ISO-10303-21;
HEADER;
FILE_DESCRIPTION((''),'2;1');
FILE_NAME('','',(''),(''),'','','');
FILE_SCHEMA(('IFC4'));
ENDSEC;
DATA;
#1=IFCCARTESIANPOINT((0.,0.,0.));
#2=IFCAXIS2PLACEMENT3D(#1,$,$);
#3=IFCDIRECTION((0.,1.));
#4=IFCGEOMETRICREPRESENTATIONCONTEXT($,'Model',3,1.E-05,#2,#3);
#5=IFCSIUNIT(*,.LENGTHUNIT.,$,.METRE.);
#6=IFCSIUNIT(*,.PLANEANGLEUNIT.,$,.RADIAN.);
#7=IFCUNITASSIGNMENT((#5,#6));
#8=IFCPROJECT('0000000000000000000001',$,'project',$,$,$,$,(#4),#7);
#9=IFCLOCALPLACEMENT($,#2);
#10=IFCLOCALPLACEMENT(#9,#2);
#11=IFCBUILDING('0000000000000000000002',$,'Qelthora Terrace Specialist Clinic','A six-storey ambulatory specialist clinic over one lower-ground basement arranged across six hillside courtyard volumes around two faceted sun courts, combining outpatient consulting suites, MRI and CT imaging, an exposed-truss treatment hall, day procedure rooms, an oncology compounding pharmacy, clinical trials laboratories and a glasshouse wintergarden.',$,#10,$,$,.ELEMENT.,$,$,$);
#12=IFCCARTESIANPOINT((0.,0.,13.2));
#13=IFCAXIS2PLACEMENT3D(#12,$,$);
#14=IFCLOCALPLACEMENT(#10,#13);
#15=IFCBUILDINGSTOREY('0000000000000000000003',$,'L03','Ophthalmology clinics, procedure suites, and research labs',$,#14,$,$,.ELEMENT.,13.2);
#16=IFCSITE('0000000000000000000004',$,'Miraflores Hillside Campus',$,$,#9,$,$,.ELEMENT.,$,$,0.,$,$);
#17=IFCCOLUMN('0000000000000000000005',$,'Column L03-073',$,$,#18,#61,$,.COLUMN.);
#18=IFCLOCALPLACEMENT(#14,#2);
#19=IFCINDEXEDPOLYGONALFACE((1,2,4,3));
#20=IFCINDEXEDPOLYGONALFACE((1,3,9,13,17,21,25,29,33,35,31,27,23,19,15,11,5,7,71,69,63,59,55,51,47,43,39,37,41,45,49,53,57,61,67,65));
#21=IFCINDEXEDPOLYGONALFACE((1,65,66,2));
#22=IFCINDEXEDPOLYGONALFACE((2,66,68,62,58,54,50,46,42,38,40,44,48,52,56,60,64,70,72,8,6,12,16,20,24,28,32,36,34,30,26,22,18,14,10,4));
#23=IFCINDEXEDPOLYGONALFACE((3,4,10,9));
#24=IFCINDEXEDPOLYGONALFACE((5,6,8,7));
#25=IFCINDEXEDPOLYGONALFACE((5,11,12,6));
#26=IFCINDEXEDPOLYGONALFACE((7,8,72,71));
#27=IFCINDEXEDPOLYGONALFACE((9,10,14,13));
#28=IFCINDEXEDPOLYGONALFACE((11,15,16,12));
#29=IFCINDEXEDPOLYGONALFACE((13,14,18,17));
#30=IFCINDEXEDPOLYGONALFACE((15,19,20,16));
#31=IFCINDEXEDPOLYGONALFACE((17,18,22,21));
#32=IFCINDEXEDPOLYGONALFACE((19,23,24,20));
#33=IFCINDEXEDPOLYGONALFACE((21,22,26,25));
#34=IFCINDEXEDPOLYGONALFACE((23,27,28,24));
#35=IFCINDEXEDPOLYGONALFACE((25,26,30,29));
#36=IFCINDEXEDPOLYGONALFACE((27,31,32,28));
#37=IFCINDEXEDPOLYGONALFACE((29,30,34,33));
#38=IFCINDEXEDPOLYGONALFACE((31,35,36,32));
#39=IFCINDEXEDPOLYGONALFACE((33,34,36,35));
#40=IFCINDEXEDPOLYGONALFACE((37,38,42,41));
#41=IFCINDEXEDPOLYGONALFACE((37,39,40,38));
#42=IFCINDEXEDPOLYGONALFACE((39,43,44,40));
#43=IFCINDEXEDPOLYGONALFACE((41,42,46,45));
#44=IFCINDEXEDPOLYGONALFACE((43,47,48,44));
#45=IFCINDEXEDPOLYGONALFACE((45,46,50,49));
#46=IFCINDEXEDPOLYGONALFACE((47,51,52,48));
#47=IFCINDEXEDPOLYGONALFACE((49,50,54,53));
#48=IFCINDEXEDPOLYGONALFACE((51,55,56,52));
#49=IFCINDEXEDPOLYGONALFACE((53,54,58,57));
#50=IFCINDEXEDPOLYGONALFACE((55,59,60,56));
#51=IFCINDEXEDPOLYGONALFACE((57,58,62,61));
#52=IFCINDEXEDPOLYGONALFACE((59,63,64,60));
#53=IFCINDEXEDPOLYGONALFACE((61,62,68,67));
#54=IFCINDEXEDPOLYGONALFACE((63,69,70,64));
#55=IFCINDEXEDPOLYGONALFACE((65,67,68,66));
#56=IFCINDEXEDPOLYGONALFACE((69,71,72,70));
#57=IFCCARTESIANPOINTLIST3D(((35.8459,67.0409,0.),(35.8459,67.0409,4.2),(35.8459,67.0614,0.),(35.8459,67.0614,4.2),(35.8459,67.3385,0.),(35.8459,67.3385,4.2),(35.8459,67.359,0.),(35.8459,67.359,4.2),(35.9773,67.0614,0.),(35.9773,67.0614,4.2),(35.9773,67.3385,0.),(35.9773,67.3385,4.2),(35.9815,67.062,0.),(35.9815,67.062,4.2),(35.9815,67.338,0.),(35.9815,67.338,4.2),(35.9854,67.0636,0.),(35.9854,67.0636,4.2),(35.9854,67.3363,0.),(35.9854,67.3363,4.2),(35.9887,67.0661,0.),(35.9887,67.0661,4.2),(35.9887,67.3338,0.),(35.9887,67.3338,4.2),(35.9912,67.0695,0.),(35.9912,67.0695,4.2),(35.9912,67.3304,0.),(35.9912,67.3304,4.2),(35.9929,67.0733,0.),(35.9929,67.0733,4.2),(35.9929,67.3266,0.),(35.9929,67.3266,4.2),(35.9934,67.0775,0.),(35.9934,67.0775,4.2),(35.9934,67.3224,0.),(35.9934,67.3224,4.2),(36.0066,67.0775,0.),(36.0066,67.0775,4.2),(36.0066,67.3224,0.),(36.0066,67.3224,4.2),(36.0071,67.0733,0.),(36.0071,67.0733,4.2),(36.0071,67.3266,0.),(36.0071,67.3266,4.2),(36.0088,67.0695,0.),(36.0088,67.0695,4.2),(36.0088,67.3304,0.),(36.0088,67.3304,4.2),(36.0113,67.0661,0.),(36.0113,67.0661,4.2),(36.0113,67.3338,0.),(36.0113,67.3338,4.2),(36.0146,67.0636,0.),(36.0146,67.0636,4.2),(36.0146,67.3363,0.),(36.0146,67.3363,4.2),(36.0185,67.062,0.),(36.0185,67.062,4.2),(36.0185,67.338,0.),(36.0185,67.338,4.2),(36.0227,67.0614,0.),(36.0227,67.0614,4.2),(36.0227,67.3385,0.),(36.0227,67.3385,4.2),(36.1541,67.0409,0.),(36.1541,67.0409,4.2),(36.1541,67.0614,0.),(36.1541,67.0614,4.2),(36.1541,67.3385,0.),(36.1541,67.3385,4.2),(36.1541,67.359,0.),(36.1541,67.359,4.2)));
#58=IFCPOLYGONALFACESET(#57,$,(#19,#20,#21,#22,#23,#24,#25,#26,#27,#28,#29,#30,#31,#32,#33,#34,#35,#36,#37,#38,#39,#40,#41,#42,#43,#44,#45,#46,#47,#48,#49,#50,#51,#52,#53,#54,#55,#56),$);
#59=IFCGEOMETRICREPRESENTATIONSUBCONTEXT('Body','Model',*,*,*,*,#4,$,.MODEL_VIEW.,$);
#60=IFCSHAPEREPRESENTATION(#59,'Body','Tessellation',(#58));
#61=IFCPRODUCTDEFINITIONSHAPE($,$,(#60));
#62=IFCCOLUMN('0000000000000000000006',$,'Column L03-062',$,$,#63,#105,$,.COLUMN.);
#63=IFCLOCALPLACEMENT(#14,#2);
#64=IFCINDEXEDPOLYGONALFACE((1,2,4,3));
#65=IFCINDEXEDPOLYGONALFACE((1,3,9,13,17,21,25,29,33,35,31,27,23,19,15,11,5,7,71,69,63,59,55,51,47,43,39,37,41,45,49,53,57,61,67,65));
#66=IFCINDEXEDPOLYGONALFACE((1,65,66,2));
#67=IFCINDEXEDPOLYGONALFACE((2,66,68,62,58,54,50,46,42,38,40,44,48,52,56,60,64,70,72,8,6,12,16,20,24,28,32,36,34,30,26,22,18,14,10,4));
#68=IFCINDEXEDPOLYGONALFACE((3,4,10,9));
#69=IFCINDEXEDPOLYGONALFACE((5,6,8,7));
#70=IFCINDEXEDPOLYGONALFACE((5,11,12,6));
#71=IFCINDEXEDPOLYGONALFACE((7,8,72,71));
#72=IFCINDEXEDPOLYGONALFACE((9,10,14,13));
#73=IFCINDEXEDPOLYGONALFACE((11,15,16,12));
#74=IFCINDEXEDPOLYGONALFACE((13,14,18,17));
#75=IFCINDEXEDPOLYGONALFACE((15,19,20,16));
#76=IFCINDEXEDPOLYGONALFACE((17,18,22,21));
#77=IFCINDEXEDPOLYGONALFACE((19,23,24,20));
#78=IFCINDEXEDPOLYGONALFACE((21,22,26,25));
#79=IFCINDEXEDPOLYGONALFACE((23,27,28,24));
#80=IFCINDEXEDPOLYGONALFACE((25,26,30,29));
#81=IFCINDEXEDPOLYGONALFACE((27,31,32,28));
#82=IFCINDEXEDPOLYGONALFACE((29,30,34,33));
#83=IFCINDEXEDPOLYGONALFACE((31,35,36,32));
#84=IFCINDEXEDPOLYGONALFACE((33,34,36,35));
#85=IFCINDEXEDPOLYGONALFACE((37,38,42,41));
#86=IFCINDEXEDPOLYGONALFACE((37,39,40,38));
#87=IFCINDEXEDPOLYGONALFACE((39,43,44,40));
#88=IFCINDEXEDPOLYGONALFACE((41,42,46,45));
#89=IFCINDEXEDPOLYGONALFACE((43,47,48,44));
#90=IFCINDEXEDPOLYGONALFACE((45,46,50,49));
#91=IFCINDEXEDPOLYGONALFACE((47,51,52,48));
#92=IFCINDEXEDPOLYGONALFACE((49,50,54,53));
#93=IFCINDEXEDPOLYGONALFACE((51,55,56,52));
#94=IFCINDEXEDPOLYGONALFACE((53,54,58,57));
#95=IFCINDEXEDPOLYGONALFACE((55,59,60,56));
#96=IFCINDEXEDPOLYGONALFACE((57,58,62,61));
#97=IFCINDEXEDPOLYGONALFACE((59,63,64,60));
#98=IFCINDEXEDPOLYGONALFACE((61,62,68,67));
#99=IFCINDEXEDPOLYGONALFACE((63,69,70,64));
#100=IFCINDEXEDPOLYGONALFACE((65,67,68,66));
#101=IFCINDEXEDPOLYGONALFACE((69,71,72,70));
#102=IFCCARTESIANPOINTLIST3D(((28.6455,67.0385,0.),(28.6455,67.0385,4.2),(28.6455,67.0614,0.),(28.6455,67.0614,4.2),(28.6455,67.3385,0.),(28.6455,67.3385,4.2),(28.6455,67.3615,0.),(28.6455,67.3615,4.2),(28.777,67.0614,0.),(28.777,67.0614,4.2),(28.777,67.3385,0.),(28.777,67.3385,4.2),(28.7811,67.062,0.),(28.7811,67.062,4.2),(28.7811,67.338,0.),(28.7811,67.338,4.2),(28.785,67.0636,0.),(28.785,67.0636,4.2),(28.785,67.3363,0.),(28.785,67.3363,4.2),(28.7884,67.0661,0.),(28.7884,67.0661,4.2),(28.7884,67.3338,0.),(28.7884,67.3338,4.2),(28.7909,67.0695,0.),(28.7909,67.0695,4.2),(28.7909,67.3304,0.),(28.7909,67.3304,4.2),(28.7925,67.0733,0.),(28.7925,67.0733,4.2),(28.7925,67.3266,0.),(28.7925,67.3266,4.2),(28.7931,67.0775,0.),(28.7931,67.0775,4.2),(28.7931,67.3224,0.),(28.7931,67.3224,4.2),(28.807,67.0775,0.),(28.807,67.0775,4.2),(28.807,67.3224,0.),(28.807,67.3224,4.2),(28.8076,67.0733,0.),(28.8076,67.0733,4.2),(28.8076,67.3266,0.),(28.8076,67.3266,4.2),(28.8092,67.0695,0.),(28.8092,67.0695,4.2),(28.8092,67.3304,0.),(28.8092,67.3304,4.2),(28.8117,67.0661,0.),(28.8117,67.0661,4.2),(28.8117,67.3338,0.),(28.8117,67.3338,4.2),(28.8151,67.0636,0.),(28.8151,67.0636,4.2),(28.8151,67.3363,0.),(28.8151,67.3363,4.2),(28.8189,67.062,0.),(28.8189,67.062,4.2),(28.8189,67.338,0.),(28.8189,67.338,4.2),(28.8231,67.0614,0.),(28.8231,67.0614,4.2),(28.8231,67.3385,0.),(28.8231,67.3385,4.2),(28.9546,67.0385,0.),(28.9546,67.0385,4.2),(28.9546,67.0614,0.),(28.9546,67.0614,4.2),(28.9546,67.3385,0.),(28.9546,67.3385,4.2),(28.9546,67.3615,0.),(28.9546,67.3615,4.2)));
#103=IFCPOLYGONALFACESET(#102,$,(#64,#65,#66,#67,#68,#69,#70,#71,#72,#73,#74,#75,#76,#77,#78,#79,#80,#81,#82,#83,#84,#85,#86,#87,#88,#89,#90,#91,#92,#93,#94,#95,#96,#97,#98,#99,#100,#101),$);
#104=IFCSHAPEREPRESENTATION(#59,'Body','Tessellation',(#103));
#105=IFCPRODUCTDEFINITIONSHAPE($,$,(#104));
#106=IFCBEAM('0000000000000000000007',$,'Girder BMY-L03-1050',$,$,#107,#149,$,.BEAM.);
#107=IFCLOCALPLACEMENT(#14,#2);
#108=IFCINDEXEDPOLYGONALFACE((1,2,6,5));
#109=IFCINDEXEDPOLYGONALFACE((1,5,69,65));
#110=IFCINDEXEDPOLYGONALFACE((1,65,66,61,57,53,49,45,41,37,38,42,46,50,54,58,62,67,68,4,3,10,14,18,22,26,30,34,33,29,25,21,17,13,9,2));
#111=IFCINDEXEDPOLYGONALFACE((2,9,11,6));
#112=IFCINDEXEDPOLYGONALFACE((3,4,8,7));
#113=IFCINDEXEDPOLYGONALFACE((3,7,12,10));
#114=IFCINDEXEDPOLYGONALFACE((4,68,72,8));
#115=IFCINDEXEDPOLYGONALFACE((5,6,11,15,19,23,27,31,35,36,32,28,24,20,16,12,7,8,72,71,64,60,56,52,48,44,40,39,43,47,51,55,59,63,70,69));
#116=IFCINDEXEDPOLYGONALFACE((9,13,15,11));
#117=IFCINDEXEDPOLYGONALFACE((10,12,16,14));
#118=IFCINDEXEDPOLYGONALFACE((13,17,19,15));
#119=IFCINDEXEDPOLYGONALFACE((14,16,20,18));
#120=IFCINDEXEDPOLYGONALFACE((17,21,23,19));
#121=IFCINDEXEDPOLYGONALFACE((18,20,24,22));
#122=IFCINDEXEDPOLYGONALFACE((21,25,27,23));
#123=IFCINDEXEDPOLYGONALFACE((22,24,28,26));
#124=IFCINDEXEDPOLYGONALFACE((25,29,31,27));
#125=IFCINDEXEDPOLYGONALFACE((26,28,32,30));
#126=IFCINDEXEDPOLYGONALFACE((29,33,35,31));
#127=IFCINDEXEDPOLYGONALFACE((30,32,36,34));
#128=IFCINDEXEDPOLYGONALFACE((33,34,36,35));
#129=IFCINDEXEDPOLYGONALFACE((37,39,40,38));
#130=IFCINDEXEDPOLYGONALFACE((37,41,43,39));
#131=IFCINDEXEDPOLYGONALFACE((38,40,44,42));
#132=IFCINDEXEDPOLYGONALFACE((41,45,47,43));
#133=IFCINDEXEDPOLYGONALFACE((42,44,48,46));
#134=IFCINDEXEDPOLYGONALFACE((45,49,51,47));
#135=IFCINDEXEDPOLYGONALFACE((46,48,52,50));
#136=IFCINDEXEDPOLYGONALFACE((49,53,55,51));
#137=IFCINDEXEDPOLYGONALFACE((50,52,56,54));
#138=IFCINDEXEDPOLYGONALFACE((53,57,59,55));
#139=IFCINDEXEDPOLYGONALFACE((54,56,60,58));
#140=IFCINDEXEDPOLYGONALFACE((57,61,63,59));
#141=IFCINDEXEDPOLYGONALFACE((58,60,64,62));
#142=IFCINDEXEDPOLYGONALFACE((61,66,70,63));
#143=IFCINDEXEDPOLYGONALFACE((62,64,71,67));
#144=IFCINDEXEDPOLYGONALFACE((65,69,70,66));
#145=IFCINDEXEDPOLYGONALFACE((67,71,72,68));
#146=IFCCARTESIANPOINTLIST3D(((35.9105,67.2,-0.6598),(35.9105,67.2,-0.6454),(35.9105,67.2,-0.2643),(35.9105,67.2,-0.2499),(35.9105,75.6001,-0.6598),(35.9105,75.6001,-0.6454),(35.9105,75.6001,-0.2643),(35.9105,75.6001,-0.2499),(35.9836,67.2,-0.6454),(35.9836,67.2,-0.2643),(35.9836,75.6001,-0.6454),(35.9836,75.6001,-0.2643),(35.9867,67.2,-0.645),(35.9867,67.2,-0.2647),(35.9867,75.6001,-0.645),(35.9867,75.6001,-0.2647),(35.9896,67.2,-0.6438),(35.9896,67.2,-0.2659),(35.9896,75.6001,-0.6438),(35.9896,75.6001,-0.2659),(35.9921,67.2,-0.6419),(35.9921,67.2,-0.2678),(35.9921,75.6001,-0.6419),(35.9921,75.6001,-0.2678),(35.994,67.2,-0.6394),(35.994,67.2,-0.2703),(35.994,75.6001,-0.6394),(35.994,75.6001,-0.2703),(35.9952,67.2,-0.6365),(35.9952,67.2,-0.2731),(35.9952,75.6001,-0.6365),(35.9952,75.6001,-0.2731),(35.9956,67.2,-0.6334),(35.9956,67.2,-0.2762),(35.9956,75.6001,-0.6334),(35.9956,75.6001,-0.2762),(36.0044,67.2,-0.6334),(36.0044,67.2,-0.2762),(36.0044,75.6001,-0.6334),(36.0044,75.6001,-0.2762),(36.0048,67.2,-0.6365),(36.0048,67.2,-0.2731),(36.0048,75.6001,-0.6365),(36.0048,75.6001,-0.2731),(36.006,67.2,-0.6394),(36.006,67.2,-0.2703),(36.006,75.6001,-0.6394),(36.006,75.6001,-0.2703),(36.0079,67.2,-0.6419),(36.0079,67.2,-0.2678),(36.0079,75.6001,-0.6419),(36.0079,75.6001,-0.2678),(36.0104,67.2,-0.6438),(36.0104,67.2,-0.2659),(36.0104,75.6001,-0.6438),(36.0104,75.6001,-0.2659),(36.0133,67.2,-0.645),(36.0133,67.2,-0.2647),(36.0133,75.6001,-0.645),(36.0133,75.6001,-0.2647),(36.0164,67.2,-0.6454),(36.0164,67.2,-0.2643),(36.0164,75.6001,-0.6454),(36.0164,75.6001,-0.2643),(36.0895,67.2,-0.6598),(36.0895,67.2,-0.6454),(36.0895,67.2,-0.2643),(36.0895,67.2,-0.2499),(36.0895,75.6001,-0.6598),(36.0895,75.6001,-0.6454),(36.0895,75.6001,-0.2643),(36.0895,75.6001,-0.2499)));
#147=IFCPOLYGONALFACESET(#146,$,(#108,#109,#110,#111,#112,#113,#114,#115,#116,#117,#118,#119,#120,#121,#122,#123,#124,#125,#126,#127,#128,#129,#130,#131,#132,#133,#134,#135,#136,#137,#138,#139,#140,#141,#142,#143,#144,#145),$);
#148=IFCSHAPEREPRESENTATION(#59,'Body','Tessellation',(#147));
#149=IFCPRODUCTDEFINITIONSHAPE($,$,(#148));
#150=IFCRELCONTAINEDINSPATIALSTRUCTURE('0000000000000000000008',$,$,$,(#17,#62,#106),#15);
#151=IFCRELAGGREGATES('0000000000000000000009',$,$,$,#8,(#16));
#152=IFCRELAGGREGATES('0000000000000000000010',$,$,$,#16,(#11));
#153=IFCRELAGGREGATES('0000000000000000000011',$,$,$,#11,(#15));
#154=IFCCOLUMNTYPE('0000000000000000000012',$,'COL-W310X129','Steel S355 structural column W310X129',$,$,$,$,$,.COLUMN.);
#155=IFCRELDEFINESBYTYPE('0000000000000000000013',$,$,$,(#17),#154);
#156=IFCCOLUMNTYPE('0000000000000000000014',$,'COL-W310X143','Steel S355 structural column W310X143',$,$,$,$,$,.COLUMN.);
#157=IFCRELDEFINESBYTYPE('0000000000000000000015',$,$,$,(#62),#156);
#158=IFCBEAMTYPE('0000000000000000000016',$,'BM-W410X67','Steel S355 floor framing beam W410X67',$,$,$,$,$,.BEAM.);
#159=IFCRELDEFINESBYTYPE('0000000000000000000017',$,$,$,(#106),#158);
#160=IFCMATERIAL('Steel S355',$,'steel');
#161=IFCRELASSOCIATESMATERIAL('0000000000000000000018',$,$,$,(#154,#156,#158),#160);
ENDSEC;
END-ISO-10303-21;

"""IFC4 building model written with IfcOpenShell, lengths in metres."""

from ifc_helpers import new_model, si_unit, direction, frame, origin, origin_2d, place, context, subcontext, project, spatial, i_section, extrude, material, material_profile, profile_set, type_object, element, save


model = new_model("IFC4")

# Units and contexts
model_context = context("Model", 3, precision=1e-05, world=origin(), true_north=direction((0.0, 1.0)))
body_context = subcontext(model_context, "Body", "Model", "MODEL_VIEW")
ifc_project = project(units=[si_unit("LENGTHUNIT", "METRE"), si_unit("PLANEANGLEUNIT", "RADIAN")], contexts=[model_context])

# Site, building, storey
site_placement = place(None, origin())
site = spatial("IfcSite", under=ifc_project, at=site_placement, Name="Miraflores Hillside Campus", CompositionType="ELEMENT", RefElevation=0.0)
building_placement = place(site_placement, origin())
building = spatial("IfcBuilding", under=site, at=building_placement, Name="Qelthora Terrace Specialist Clinic", Description="A six-storey ambulatory specialist clinic over one lower-ground basement arranged across six hillside courtyard volumes around two faceted sun courts, combining outpatient consulting suites, MRI and CT imaging, an exposed-truss treatment hall, day procedure rooms, an oncology compounding pharmacy, clinical trials laboratories and a glasshouse wintergarden.", CompositionType="ELEMENT")
storey_placement = place(building_placement, frame((0.0, 0.0, 13.2)))
storey = spatial("IfcBuildingStorey", under=building, at=storey_placement, Name="L03", Description="Ophthalmology clinics, procedure suites, and research labs", CompositionType="ELEMENT", Elevation=13.2)

# Columns
ifc_material_1 = material(Name="Steel S355", Category="steel")
ifc_material_profile_1 = material_profile(ifc_material_1, i_section(OverallWidth=0.3081, OverallDepth=0.3181, WebThickness=0.0132, FlangeThickness=0.0205, FilletRadius=0.0161, at=origin_2d()), Name="W310X129")
ifc_profile_set_1 = profile_set([ifc_material_profile_1], Name="Steel S355")
column_type_1 = type_object("IfcColumnType", Name="COL-W310X129", Description="Steel S355 structural column W310X129", PredefinedType="COLUMN", material=ifc_profile_set_1)
column_1_placement = place(storey_placement, frame((36.0, 67.2, 0.0), z_axis=(0.0, 0.0, 1.0), x_axis=(1.0, 0.0, 0.0)))
element("IfcColumn", 1, at=column_1_placement, inside=storey, type_object=column_type_1, Name="Column L03-073", PredefinedType="COLUMN", context=body_context, shape_type="SweptSolid", body=[
    extrude(i_section(OverallWidth=0.3081, OverallDepth=0.3181, WebThickness=0.0132, FlangeThickness=0.0205, FilletRadius=0.0161, at=origin_2d()), origin(), (0.0, 0.0, 1.0), 4.2),
])
ifc_material_profile_2 = material_profile(ifc_material_1, i_section(OverallWidth=0.3091, OverallDepth=0.323, WebThickness=0.0139, FlangeThickness=0.0229, FilletRadius=0.0161, at=origin_2d()), Name="W310X143")
ifc_profile_set_2 = profile_set([ifc_material_profile_2], Name="Steel S355")
column_type_2 = type_object("IfcColumnType", Name="COL-W310X143", Description="Steel S355 structural column W310X143", PredefinedType="COLUMN", material=ifc_profile_set_2)
column_2_placement = place(storey_placement, frame((28.8, 67.2, 0.0), z_axis=(0.0, 0.0, 1.0), x_axis=(1.0, 0.0, 0.0)))
element("IfcColumn", 2, at=column_2_placement, inside=storey, type_object=column_type_2, Name="Column L03-062", PredefinedType="COLUMN", context=body_context, shape_type="SweptSolid", body=[
    extrude(i_section(OverallWidth=0.3091, OverallDepth=0.323, WebThickness=0.0139, FlangeThickness=0.0229, FilletRadius=0.0161, at=origin_2d()), origin(), (0.0, 0.0, 1.0), 4.2),
])

# Beam
ifc_material_profile_3 = material_profile(ifc_material_1, i_section(OverallWidth=0.179, OverallDepth=0.4099, WebThickness=0.0088, FlangeThickness=0.0144, FilletRadius=0.012, at=origin_2d()), Name="W410X67")
ifc_profile_set_3 = profile_set([ifc_material_profile_3], Name="Steel S355")
beam_type_1 = type_object("IfcBeamType", Name="BM-W410X67", Description="Steel S355 floor framing beam W410X67", PredefinedType="BEAM", material=ifc_profile_set_3)
beam_1_placement = place(storey_placement, frame((36.0, 67.2, -0.4548), z_axis=(0.0, 1.0, 0.0), x_axis=(-1.0, 0.0, 0.0)))
element("IfcBeam", 3, at=beam_1_placement, inside=storey, type_object=beam_type_1, Name="Girder BMY-L03-1050", PredefinedType="BEAM", context=body_context, shape_type="SweptSolid", body=[
    extrude(i_section(OverallWidth=0.179, OverallDepth=0.4099, WebThickness=0.0088, FlangeThickness=0.0144, FilletRadius=0.012, at=origin_2d()), origin(), (0.0, 0.0, 1.0), 8.4001),
])

save(model, "model.ifc")
